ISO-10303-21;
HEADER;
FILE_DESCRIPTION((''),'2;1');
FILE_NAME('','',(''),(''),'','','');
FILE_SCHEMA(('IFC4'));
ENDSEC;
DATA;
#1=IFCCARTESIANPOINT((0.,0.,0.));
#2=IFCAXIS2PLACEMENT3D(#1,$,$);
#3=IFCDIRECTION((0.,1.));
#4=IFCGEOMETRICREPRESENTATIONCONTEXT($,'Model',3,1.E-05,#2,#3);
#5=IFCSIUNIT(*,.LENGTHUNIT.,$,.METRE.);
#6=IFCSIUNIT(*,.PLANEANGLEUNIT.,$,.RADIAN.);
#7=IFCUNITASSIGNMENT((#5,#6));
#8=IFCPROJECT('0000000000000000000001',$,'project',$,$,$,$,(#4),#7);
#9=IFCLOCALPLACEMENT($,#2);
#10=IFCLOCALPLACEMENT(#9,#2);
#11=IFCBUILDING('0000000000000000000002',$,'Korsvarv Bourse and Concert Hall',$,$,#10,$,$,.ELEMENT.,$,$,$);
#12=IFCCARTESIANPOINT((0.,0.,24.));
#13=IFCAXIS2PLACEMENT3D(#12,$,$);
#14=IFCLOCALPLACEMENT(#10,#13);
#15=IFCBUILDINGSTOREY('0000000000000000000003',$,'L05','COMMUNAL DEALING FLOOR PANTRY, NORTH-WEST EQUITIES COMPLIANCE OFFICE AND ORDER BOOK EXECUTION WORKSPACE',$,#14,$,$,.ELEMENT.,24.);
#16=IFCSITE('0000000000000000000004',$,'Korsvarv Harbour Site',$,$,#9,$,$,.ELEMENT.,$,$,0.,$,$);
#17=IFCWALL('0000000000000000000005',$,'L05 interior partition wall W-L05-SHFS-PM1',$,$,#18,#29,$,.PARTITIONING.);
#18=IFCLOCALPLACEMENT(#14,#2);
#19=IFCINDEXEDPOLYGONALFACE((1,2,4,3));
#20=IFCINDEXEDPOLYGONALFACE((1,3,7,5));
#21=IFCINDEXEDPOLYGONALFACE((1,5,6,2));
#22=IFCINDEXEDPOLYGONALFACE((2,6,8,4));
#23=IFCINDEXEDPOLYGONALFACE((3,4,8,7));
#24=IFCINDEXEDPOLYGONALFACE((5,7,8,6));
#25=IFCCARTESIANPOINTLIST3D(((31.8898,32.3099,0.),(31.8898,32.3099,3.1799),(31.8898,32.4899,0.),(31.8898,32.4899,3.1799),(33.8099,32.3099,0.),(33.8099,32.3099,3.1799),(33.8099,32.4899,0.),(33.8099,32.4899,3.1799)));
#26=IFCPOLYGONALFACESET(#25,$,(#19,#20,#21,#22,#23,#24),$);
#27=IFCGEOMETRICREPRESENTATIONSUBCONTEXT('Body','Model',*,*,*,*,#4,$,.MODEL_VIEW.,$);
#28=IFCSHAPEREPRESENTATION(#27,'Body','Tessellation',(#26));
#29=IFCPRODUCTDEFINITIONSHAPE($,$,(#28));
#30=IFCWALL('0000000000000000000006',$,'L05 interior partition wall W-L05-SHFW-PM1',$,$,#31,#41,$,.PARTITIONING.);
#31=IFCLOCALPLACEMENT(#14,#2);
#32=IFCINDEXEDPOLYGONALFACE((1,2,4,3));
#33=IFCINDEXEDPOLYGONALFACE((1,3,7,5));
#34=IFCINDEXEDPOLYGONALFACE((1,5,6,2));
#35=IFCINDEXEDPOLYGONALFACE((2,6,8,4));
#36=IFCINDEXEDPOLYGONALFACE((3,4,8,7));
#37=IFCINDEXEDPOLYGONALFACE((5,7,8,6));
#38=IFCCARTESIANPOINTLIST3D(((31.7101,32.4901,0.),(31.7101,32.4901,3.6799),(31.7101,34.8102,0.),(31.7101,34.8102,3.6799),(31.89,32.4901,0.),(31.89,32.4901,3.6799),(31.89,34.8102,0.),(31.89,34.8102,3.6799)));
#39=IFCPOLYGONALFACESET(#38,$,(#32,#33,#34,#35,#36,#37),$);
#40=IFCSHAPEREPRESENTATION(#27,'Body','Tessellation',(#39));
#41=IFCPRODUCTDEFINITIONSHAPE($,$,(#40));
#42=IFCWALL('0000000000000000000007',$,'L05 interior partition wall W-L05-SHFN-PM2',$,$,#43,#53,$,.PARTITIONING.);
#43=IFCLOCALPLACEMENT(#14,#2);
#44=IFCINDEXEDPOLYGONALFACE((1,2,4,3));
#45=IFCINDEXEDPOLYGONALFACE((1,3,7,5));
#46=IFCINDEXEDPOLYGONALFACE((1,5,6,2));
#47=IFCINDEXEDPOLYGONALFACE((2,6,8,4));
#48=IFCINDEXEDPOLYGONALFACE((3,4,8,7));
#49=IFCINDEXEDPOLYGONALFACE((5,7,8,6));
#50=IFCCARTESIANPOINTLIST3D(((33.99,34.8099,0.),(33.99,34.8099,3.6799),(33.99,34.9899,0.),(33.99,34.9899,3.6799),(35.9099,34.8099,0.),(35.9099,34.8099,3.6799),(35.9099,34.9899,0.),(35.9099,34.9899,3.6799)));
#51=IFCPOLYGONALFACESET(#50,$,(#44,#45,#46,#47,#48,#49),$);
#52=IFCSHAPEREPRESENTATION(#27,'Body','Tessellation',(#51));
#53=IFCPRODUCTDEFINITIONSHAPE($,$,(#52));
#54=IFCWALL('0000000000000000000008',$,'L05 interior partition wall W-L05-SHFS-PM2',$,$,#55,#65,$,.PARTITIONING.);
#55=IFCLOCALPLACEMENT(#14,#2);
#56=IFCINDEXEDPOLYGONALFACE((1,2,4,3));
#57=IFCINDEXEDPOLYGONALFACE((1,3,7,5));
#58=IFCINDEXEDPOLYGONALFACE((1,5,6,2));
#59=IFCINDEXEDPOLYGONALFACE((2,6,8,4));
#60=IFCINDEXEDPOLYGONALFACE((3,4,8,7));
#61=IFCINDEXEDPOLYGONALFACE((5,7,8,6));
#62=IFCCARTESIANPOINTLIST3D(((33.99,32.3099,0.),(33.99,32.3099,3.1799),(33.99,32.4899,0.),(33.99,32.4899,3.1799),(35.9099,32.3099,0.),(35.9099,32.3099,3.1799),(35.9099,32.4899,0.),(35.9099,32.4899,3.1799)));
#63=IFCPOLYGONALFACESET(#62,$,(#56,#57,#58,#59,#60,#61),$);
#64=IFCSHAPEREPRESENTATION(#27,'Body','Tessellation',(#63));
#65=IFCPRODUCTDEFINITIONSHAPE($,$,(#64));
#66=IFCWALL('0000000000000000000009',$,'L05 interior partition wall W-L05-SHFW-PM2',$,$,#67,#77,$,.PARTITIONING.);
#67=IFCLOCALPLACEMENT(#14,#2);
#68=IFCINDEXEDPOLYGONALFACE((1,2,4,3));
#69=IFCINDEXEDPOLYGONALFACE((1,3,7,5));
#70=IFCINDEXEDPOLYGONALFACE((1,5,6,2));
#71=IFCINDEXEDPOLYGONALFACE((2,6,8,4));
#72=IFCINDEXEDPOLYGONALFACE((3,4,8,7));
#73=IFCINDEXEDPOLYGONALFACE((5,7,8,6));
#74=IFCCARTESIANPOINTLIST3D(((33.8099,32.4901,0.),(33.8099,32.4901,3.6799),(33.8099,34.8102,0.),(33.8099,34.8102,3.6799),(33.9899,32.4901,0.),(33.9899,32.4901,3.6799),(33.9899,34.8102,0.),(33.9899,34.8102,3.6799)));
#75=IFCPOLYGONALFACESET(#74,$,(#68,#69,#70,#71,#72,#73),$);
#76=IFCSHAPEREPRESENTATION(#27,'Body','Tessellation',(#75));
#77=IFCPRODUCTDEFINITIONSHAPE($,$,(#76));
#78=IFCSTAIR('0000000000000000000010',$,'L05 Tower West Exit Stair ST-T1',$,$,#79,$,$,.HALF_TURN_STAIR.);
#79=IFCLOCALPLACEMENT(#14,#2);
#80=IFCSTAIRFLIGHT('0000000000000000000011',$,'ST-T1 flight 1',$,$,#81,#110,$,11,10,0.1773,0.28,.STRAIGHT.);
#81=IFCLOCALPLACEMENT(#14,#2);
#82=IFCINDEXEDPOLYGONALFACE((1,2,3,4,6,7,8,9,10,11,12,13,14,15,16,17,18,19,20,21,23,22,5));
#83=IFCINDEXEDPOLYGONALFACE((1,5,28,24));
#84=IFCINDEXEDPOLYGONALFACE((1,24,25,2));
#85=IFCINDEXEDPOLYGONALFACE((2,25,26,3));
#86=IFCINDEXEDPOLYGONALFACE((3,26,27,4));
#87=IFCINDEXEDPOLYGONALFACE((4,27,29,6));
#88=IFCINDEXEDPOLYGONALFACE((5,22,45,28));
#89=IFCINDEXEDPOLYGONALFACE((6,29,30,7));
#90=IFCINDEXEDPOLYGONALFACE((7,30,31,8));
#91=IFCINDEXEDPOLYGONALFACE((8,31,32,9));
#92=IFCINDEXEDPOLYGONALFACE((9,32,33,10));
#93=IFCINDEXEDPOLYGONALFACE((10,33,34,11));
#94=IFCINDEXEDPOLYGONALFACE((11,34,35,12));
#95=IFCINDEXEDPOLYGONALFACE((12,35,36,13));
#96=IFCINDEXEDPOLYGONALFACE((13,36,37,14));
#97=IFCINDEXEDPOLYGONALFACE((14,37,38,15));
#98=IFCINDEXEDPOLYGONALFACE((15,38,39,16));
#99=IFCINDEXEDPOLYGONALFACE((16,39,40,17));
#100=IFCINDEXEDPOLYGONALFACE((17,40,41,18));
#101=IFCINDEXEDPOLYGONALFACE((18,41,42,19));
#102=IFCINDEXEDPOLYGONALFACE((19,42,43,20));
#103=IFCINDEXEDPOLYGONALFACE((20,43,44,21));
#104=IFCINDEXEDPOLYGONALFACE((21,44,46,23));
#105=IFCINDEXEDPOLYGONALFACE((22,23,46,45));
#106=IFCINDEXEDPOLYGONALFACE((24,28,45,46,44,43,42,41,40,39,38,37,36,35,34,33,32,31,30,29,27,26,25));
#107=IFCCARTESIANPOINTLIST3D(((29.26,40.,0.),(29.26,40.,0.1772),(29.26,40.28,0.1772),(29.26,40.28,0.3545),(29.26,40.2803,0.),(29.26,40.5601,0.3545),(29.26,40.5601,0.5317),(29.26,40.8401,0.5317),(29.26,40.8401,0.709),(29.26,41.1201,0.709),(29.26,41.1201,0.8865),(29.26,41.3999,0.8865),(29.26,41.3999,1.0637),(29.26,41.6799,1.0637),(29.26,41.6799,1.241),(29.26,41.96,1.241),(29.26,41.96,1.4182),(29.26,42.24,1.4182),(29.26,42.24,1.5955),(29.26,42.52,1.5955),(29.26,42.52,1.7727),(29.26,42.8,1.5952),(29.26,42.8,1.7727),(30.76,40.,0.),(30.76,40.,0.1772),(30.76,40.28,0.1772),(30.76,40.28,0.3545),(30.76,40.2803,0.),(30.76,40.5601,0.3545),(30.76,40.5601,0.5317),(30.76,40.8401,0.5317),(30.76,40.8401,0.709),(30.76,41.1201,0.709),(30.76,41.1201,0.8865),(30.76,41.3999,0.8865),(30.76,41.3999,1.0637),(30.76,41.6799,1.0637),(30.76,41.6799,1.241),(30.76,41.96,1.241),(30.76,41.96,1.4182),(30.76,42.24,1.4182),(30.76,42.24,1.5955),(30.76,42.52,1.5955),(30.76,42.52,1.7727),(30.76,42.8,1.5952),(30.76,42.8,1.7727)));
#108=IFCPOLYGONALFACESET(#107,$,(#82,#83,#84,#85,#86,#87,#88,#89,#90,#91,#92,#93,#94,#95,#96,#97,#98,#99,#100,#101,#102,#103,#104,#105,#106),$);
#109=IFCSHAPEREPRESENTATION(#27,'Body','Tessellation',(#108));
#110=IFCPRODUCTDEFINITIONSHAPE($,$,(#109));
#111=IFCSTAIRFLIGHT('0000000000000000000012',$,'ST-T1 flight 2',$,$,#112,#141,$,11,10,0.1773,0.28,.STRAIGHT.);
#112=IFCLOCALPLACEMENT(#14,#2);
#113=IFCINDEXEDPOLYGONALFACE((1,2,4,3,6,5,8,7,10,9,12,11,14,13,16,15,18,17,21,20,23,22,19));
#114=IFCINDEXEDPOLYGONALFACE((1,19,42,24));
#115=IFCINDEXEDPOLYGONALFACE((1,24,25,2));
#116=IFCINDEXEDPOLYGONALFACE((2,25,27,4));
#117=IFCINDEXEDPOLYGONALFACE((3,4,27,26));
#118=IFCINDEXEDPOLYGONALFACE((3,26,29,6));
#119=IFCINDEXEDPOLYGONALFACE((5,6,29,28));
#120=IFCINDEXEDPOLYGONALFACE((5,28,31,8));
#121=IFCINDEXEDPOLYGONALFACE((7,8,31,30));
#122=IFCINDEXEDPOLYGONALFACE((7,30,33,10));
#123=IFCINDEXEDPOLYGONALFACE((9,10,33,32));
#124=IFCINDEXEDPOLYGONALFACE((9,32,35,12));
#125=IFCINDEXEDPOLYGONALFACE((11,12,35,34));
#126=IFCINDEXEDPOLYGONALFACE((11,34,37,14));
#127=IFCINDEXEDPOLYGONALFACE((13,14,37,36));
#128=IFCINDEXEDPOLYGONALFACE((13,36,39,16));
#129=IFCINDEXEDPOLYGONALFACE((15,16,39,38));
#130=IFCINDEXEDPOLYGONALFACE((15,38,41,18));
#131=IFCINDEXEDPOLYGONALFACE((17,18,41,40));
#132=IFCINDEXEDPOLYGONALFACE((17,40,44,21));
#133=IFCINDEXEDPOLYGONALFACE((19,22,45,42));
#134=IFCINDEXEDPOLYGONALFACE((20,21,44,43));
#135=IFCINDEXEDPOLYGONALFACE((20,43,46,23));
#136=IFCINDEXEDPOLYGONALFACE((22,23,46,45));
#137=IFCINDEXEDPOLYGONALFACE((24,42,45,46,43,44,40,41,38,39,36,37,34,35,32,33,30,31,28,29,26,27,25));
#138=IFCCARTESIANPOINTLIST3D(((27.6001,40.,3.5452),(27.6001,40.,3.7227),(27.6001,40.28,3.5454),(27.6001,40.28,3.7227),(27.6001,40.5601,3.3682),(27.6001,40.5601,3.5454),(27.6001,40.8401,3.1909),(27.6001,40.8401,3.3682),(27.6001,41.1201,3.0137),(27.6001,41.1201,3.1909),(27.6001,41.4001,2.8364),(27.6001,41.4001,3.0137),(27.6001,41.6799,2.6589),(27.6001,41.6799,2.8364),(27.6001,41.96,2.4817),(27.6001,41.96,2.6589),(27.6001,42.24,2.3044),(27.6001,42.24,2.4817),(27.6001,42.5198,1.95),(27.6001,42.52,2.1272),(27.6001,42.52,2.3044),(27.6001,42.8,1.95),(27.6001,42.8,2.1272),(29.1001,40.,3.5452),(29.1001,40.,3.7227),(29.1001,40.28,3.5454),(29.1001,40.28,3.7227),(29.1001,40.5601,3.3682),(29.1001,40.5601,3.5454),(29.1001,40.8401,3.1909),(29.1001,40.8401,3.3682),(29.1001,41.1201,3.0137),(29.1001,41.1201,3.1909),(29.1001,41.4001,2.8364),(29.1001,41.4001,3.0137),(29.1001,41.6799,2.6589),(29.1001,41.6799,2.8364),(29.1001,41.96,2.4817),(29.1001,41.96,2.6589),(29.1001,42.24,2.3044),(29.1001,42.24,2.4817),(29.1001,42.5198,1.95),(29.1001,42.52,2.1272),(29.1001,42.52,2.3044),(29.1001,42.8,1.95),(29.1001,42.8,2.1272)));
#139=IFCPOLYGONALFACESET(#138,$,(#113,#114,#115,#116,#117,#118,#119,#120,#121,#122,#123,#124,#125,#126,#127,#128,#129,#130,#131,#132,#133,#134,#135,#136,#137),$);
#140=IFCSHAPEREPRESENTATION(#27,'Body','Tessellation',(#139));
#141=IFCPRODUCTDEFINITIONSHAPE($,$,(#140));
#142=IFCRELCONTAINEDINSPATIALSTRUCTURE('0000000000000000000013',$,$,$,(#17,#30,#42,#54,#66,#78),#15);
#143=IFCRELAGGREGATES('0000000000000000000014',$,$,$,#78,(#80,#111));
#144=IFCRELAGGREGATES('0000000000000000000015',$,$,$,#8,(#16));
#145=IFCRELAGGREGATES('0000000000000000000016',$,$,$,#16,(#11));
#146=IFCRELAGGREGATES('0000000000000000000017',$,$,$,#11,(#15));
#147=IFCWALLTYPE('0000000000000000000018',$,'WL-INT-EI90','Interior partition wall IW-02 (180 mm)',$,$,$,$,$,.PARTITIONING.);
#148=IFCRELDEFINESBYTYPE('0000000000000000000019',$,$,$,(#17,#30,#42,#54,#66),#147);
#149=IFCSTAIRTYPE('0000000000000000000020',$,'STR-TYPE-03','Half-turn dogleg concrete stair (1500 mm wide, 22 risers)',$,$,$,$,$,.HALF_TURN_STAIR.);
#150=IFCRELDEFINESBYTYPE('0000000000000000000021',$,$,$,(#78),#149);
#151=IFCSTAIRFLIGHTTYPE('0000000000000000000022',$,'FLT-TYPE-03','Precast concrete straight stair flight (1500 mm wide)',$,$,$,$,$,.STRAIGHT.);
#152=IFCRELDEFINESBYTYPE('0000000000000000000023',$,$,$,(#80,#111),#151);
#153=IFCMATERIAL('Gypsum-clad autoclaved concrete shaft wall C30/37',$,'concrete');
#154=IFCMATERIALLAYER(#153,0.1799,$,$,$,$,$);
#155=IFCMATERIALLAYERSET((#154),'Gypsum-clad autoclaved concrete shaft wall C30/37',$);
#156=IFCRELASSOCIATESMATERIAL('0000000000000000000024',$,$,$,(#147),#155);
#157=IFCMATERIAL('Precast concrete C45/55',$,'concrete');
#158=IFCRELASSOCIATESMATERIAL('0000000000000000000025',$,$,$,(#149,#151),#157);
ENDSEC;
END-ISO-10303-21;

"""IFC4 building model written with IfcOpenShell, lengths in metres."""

from ifc_helpers import new_model, si_unit, direction, frame, frame_2d, origin, place, context, subcontext, project, spatial, polyline, rectangle, outline, extrude, material, layer, layer_set, type_object, element, aggregate, save


model = new_model("IFC4")

# Units and contexts
model_context = context("Model", 3, precision=1e-05, world=origin(), true_north=direction((0.0, 1.0)))
body_context = subcontext(model_context, "Body", "Model", "MODEL_VIEW")
ifc_project = project(units=[si_unit("LENGTHUNIT", "METRE"), si_unit("PLANEANGLEUNIT", "RADIAN")], contexts=[model_context])

# Site, building, storey
site_placement = place(None, origin())
site = spatial("IfcSite", under=ifc_project, at=site_placement, Name="Korsvarv Harbour Site", CompositionType="ELEMENT", RefElevation=0.0)
building_placement = place(site_placement, origin())
building = spatial("IfcBuilding", under=site, at=building_placement, Name="Korsvarv Bourse and Concert Hall", CompositionType="ELEMENT")
storey_placement = place(building_placement, frame((0.0, 0.0, 24.0)))
storey = spatial("IfcBuildingStorey", under=building, at=storey_placement, Name="L05", Description="COMMUNAL DEALING FLOOR PANTRY, NORTH-WEST EQUITIES COMPLIANCE OFFICE AND ORDER BOOK EXECUTION WORKSPACE", CompositionType="ELEMENT", Elevation=24.0)

# Shared definitions
ifc_material_1 = material(Name="Gypsum-clad autoclaved concrete shaft wall C30/37", Category="concrete")
ifc_layer_1 = layer(ifc_material_1, 0.1799)
ifc_layer_set_1 = layer_set([ifc_layer_1], Name="Gypsum-clad autoclaved concrete shaft wall C30/37")
wall_type_1 = type_object("IfcWallType", Name="WL-INT-EI90", Description="Interior partition wall IW-02 (180 mm)", PredefinedType="PARTITIONING", material=ifc_layer_set_1)

# Walls
wall_1_placement = place(storey_placement, frame((31.8899, 32.3999, 0.0), z_axis=(0.0, 0.0, 1.0), x_axis=(1.0, 0.0, 0.0)))
element("IfcWall", 1, at=wall_1_placement, inside=storey, type_object=wall_type_1, Name="L05 interior partition wall W-L05-SHFS-PM1", PredefinedType="PARTITIONING", context=body_context, shape_type="SweptSolid", body=[
    extrude(rectangle(XDim=1.9202, YDim=0.1799, at=frame_2d((0.96, 0.0))), origin(), (0.0, 0.0, 1.0), 3.1799),
])
wall_2_placement = place(storey_placement, frame((31.8, 32.49, 0.0), z_axis=(0.0, 0.0, 1.0), x_axis=(0.0, 1.0, 0.0)))
element("IfcWall", 2, at=wall_2_placement, inside=storey, type_object=wall_type_1, Name="L05 interior partition wall W-L05-SHFW-PM1", PredefinedType="PARTITIONING", context=body_context, shape_type="SweptSolid", body=[
    extrude(rectangle(XDim=2.3201, YDim=0.1799, at=frame_2d((1.1602, 0.0))), origin(), (0.0, 0.0, 1.0), 3.6799),
])
wall_3_placement = place(storey_placement, frame((33.99, 34.8999, 0.0), z_axis=(0.0, 0.0, 1.0), x_axis=(1.0, 0.0, 0.0)))
element("IfcWall", 3, at=wall_3_placement, inside=storey, type_object=wall_type_1, Name="L05 interior partition wall W-L05-SHFN-PM2", PredefinedType="PARTITIONING", context=body_context, shape_type="SweptSolid", body=[
    extrude(rectangle(XDim=1.9199, YDim=0.1799, at=frame_2d((0.96, 0.0))), origin(), (0.0, 0.0, 1.0), 3.6799),
])
wall_4_placement = place(storey_placement, frame((33.99, 32.3999, 0.0), z_axis=(0.0, 0.0, 1.0), x_axis=(1.0, 0.0, 0.0)))
element("IfcWall", 4, at=wall_4_placement, inside=storey, type_object=wall_type_1, Name="L05 interior partition wall W-L05-SHFS-PM2", PredefinedType="PARTITIONING", context=body_context, shape_type="SweptSolid", body=[
    extrude(rectangle(XDim=1.9199, YDim=0.1799, at=frame_2d((0.96, 0.0))), origin(), (0.0, 0.0, 1.0), 3.1799),
])
wall_5_placement = place(storey_placement, frame((33.8999, 32.49, 0.0), z_axis=(0.0, 0.0, 1.0), x_axis=(0.0, 1.0, 0.0)))
element("IfcWall", 5, at=wall_5_placement, inside=storey, type_object=wall_type_1, Name="L05 interior partition wall W-L05-SHFW-PM2", PredefinedType="PARTITIONING", context=body_context, shape_type="SweptSolid", body=[
    extrude(rectangle(XDim=2.3201, YDim=0.1799, at=frame_2d((1.1602, 0.0))), origin(), (0.0, 0.0, 1.0), 3.6799),
])

# Stair, stair flights
ifc_material_2 = material(Name="Precast concrete C45/55", Category="concrete")
stair_type = type_object("IfcStairType", Name="STR-TYPE-03", Description="Half-turn dogleg concrete stair (1500 mm wide, 22 risers)", PredefinedType="HALF_TURN_STAIR", material=ifc_material_2)
stair_placement = place(storey_placement, origin())
stair = element("IfcStair", 6, at=stair_placement, inside=storey, type_object=stair_type, Name="L05 Tower West Exit Stair ST-T1", PredefinedType="HALF_TURN_STAIR")
stair_flight_type = type_object("IfcStairFlightType", Name="FLT-TYPE-03", Description="Precast concrete straight stair flight (1500 mm wide)", PredefinedType="STRAIGHT", material=ifc_material_2)
stair_flight_1_placement = place(storey_placement, frame((30.01, 40.0, 0.0), z_axis=(0.0, 0.0, 1.0), x_axis=(0.0, 1.0, 0.0)))
stair_flight_1 = element("IfcStairFlight", 7, at=stair_flight_1_placement, type_object=stair_flight_type, Name="ST-T1 flight 1", NumberOfRisers=11, NumberOfTreads=10, PredefinedType="STRAIGHT", RiserHeight=0.1773, TreadLength=0.28, context=body_context, shape_type="SweptSolid", body=[
    extrude(outline(polyline([(0.0, 0.0), (0.0, 0.1772), (0.28, 0.1772), (0.28, 0.3545), (0.5601, 0.3545), (0.5601, 0.5317), (0.8401, 0.5317), (0.8401, 0.709), (1.1201, 0.709), (1.1201, 0.8865), (1.3999, 0.8865), (1.3999, 1.0637), (1.6799, 1.0637), (1.6799, 1.241), (1.96, 1.241), (1.96, 1.4182), (2.24, 1.4182), (2.24, 1.5955), (2.52, 1.5955), (2.52, 1.7727), (2.8, 1.7727), (2.8, 1.95), (2.8, 1.5952), (0.2803, 0.0), (0.0, 0.0)])), frame((0.0, 0.75, 0.0), z_axis=(0.0, -1.0, 0.0), x_axis=(1.0, 0.0, 0.0)), (0.0, 0.0, 1.0), 1.5),
])
stair_flight_2_placement = place(storey_placement, frame((28.3501, 42.8, 1.95), z_axis=(0.0, 0.0, 1.0), x_axis=(0.0, -1.0, 0.0)))
stair_flight_2 = element("IfcStairFlight", 8, at=stair_flight_2_placement, type_object=stair_flight_type, Name="ST-T1 flight 2", NumberOfRisers=11, NumberOfTreads=10, PredefinedType="STRAIGHT", RiserHeight=0.1773, TreadLength=0.28, context=body_context, shape_type="SweptSolid", body=[
    extrude(outline(polyline([(0.0, 0.0), (0.0, 0.1772), (0.28, 0.1772), (0.28, 0.3545), (0.5601, 0.3545), (0.5601, 0.5317), (0.8401, 0.5317), (0.8401, 0.709), (1.1201, 0.709), (1.1201, 0.8865), (1.3999, 0.8865), (1.3999, 1.0637), (1.6799, 1.0637), (1.6799, 1.241), (1.96, 1.241), (1.96, 1.4182), (2.24, 1.4182), (2.24, 1.5955), (2.52, 1.5955), (2.52, 1.7727), (2.8, 1.7727), (2.8, 1.95), (2.8, 1.5952), (0.2803, 0.0), (0.0, 0.0)])), frame((0.0, 0.75, 0.0), z_axis=(0.0, -1.0, 0.0), x_axis=(1.0, 0.0, 0.0)), (0.0, 0.0, 1.0), 1.5),
])
aggregate(stair, [stair_flight_1, stair_flight_2])

save(model, "model.ifc")
